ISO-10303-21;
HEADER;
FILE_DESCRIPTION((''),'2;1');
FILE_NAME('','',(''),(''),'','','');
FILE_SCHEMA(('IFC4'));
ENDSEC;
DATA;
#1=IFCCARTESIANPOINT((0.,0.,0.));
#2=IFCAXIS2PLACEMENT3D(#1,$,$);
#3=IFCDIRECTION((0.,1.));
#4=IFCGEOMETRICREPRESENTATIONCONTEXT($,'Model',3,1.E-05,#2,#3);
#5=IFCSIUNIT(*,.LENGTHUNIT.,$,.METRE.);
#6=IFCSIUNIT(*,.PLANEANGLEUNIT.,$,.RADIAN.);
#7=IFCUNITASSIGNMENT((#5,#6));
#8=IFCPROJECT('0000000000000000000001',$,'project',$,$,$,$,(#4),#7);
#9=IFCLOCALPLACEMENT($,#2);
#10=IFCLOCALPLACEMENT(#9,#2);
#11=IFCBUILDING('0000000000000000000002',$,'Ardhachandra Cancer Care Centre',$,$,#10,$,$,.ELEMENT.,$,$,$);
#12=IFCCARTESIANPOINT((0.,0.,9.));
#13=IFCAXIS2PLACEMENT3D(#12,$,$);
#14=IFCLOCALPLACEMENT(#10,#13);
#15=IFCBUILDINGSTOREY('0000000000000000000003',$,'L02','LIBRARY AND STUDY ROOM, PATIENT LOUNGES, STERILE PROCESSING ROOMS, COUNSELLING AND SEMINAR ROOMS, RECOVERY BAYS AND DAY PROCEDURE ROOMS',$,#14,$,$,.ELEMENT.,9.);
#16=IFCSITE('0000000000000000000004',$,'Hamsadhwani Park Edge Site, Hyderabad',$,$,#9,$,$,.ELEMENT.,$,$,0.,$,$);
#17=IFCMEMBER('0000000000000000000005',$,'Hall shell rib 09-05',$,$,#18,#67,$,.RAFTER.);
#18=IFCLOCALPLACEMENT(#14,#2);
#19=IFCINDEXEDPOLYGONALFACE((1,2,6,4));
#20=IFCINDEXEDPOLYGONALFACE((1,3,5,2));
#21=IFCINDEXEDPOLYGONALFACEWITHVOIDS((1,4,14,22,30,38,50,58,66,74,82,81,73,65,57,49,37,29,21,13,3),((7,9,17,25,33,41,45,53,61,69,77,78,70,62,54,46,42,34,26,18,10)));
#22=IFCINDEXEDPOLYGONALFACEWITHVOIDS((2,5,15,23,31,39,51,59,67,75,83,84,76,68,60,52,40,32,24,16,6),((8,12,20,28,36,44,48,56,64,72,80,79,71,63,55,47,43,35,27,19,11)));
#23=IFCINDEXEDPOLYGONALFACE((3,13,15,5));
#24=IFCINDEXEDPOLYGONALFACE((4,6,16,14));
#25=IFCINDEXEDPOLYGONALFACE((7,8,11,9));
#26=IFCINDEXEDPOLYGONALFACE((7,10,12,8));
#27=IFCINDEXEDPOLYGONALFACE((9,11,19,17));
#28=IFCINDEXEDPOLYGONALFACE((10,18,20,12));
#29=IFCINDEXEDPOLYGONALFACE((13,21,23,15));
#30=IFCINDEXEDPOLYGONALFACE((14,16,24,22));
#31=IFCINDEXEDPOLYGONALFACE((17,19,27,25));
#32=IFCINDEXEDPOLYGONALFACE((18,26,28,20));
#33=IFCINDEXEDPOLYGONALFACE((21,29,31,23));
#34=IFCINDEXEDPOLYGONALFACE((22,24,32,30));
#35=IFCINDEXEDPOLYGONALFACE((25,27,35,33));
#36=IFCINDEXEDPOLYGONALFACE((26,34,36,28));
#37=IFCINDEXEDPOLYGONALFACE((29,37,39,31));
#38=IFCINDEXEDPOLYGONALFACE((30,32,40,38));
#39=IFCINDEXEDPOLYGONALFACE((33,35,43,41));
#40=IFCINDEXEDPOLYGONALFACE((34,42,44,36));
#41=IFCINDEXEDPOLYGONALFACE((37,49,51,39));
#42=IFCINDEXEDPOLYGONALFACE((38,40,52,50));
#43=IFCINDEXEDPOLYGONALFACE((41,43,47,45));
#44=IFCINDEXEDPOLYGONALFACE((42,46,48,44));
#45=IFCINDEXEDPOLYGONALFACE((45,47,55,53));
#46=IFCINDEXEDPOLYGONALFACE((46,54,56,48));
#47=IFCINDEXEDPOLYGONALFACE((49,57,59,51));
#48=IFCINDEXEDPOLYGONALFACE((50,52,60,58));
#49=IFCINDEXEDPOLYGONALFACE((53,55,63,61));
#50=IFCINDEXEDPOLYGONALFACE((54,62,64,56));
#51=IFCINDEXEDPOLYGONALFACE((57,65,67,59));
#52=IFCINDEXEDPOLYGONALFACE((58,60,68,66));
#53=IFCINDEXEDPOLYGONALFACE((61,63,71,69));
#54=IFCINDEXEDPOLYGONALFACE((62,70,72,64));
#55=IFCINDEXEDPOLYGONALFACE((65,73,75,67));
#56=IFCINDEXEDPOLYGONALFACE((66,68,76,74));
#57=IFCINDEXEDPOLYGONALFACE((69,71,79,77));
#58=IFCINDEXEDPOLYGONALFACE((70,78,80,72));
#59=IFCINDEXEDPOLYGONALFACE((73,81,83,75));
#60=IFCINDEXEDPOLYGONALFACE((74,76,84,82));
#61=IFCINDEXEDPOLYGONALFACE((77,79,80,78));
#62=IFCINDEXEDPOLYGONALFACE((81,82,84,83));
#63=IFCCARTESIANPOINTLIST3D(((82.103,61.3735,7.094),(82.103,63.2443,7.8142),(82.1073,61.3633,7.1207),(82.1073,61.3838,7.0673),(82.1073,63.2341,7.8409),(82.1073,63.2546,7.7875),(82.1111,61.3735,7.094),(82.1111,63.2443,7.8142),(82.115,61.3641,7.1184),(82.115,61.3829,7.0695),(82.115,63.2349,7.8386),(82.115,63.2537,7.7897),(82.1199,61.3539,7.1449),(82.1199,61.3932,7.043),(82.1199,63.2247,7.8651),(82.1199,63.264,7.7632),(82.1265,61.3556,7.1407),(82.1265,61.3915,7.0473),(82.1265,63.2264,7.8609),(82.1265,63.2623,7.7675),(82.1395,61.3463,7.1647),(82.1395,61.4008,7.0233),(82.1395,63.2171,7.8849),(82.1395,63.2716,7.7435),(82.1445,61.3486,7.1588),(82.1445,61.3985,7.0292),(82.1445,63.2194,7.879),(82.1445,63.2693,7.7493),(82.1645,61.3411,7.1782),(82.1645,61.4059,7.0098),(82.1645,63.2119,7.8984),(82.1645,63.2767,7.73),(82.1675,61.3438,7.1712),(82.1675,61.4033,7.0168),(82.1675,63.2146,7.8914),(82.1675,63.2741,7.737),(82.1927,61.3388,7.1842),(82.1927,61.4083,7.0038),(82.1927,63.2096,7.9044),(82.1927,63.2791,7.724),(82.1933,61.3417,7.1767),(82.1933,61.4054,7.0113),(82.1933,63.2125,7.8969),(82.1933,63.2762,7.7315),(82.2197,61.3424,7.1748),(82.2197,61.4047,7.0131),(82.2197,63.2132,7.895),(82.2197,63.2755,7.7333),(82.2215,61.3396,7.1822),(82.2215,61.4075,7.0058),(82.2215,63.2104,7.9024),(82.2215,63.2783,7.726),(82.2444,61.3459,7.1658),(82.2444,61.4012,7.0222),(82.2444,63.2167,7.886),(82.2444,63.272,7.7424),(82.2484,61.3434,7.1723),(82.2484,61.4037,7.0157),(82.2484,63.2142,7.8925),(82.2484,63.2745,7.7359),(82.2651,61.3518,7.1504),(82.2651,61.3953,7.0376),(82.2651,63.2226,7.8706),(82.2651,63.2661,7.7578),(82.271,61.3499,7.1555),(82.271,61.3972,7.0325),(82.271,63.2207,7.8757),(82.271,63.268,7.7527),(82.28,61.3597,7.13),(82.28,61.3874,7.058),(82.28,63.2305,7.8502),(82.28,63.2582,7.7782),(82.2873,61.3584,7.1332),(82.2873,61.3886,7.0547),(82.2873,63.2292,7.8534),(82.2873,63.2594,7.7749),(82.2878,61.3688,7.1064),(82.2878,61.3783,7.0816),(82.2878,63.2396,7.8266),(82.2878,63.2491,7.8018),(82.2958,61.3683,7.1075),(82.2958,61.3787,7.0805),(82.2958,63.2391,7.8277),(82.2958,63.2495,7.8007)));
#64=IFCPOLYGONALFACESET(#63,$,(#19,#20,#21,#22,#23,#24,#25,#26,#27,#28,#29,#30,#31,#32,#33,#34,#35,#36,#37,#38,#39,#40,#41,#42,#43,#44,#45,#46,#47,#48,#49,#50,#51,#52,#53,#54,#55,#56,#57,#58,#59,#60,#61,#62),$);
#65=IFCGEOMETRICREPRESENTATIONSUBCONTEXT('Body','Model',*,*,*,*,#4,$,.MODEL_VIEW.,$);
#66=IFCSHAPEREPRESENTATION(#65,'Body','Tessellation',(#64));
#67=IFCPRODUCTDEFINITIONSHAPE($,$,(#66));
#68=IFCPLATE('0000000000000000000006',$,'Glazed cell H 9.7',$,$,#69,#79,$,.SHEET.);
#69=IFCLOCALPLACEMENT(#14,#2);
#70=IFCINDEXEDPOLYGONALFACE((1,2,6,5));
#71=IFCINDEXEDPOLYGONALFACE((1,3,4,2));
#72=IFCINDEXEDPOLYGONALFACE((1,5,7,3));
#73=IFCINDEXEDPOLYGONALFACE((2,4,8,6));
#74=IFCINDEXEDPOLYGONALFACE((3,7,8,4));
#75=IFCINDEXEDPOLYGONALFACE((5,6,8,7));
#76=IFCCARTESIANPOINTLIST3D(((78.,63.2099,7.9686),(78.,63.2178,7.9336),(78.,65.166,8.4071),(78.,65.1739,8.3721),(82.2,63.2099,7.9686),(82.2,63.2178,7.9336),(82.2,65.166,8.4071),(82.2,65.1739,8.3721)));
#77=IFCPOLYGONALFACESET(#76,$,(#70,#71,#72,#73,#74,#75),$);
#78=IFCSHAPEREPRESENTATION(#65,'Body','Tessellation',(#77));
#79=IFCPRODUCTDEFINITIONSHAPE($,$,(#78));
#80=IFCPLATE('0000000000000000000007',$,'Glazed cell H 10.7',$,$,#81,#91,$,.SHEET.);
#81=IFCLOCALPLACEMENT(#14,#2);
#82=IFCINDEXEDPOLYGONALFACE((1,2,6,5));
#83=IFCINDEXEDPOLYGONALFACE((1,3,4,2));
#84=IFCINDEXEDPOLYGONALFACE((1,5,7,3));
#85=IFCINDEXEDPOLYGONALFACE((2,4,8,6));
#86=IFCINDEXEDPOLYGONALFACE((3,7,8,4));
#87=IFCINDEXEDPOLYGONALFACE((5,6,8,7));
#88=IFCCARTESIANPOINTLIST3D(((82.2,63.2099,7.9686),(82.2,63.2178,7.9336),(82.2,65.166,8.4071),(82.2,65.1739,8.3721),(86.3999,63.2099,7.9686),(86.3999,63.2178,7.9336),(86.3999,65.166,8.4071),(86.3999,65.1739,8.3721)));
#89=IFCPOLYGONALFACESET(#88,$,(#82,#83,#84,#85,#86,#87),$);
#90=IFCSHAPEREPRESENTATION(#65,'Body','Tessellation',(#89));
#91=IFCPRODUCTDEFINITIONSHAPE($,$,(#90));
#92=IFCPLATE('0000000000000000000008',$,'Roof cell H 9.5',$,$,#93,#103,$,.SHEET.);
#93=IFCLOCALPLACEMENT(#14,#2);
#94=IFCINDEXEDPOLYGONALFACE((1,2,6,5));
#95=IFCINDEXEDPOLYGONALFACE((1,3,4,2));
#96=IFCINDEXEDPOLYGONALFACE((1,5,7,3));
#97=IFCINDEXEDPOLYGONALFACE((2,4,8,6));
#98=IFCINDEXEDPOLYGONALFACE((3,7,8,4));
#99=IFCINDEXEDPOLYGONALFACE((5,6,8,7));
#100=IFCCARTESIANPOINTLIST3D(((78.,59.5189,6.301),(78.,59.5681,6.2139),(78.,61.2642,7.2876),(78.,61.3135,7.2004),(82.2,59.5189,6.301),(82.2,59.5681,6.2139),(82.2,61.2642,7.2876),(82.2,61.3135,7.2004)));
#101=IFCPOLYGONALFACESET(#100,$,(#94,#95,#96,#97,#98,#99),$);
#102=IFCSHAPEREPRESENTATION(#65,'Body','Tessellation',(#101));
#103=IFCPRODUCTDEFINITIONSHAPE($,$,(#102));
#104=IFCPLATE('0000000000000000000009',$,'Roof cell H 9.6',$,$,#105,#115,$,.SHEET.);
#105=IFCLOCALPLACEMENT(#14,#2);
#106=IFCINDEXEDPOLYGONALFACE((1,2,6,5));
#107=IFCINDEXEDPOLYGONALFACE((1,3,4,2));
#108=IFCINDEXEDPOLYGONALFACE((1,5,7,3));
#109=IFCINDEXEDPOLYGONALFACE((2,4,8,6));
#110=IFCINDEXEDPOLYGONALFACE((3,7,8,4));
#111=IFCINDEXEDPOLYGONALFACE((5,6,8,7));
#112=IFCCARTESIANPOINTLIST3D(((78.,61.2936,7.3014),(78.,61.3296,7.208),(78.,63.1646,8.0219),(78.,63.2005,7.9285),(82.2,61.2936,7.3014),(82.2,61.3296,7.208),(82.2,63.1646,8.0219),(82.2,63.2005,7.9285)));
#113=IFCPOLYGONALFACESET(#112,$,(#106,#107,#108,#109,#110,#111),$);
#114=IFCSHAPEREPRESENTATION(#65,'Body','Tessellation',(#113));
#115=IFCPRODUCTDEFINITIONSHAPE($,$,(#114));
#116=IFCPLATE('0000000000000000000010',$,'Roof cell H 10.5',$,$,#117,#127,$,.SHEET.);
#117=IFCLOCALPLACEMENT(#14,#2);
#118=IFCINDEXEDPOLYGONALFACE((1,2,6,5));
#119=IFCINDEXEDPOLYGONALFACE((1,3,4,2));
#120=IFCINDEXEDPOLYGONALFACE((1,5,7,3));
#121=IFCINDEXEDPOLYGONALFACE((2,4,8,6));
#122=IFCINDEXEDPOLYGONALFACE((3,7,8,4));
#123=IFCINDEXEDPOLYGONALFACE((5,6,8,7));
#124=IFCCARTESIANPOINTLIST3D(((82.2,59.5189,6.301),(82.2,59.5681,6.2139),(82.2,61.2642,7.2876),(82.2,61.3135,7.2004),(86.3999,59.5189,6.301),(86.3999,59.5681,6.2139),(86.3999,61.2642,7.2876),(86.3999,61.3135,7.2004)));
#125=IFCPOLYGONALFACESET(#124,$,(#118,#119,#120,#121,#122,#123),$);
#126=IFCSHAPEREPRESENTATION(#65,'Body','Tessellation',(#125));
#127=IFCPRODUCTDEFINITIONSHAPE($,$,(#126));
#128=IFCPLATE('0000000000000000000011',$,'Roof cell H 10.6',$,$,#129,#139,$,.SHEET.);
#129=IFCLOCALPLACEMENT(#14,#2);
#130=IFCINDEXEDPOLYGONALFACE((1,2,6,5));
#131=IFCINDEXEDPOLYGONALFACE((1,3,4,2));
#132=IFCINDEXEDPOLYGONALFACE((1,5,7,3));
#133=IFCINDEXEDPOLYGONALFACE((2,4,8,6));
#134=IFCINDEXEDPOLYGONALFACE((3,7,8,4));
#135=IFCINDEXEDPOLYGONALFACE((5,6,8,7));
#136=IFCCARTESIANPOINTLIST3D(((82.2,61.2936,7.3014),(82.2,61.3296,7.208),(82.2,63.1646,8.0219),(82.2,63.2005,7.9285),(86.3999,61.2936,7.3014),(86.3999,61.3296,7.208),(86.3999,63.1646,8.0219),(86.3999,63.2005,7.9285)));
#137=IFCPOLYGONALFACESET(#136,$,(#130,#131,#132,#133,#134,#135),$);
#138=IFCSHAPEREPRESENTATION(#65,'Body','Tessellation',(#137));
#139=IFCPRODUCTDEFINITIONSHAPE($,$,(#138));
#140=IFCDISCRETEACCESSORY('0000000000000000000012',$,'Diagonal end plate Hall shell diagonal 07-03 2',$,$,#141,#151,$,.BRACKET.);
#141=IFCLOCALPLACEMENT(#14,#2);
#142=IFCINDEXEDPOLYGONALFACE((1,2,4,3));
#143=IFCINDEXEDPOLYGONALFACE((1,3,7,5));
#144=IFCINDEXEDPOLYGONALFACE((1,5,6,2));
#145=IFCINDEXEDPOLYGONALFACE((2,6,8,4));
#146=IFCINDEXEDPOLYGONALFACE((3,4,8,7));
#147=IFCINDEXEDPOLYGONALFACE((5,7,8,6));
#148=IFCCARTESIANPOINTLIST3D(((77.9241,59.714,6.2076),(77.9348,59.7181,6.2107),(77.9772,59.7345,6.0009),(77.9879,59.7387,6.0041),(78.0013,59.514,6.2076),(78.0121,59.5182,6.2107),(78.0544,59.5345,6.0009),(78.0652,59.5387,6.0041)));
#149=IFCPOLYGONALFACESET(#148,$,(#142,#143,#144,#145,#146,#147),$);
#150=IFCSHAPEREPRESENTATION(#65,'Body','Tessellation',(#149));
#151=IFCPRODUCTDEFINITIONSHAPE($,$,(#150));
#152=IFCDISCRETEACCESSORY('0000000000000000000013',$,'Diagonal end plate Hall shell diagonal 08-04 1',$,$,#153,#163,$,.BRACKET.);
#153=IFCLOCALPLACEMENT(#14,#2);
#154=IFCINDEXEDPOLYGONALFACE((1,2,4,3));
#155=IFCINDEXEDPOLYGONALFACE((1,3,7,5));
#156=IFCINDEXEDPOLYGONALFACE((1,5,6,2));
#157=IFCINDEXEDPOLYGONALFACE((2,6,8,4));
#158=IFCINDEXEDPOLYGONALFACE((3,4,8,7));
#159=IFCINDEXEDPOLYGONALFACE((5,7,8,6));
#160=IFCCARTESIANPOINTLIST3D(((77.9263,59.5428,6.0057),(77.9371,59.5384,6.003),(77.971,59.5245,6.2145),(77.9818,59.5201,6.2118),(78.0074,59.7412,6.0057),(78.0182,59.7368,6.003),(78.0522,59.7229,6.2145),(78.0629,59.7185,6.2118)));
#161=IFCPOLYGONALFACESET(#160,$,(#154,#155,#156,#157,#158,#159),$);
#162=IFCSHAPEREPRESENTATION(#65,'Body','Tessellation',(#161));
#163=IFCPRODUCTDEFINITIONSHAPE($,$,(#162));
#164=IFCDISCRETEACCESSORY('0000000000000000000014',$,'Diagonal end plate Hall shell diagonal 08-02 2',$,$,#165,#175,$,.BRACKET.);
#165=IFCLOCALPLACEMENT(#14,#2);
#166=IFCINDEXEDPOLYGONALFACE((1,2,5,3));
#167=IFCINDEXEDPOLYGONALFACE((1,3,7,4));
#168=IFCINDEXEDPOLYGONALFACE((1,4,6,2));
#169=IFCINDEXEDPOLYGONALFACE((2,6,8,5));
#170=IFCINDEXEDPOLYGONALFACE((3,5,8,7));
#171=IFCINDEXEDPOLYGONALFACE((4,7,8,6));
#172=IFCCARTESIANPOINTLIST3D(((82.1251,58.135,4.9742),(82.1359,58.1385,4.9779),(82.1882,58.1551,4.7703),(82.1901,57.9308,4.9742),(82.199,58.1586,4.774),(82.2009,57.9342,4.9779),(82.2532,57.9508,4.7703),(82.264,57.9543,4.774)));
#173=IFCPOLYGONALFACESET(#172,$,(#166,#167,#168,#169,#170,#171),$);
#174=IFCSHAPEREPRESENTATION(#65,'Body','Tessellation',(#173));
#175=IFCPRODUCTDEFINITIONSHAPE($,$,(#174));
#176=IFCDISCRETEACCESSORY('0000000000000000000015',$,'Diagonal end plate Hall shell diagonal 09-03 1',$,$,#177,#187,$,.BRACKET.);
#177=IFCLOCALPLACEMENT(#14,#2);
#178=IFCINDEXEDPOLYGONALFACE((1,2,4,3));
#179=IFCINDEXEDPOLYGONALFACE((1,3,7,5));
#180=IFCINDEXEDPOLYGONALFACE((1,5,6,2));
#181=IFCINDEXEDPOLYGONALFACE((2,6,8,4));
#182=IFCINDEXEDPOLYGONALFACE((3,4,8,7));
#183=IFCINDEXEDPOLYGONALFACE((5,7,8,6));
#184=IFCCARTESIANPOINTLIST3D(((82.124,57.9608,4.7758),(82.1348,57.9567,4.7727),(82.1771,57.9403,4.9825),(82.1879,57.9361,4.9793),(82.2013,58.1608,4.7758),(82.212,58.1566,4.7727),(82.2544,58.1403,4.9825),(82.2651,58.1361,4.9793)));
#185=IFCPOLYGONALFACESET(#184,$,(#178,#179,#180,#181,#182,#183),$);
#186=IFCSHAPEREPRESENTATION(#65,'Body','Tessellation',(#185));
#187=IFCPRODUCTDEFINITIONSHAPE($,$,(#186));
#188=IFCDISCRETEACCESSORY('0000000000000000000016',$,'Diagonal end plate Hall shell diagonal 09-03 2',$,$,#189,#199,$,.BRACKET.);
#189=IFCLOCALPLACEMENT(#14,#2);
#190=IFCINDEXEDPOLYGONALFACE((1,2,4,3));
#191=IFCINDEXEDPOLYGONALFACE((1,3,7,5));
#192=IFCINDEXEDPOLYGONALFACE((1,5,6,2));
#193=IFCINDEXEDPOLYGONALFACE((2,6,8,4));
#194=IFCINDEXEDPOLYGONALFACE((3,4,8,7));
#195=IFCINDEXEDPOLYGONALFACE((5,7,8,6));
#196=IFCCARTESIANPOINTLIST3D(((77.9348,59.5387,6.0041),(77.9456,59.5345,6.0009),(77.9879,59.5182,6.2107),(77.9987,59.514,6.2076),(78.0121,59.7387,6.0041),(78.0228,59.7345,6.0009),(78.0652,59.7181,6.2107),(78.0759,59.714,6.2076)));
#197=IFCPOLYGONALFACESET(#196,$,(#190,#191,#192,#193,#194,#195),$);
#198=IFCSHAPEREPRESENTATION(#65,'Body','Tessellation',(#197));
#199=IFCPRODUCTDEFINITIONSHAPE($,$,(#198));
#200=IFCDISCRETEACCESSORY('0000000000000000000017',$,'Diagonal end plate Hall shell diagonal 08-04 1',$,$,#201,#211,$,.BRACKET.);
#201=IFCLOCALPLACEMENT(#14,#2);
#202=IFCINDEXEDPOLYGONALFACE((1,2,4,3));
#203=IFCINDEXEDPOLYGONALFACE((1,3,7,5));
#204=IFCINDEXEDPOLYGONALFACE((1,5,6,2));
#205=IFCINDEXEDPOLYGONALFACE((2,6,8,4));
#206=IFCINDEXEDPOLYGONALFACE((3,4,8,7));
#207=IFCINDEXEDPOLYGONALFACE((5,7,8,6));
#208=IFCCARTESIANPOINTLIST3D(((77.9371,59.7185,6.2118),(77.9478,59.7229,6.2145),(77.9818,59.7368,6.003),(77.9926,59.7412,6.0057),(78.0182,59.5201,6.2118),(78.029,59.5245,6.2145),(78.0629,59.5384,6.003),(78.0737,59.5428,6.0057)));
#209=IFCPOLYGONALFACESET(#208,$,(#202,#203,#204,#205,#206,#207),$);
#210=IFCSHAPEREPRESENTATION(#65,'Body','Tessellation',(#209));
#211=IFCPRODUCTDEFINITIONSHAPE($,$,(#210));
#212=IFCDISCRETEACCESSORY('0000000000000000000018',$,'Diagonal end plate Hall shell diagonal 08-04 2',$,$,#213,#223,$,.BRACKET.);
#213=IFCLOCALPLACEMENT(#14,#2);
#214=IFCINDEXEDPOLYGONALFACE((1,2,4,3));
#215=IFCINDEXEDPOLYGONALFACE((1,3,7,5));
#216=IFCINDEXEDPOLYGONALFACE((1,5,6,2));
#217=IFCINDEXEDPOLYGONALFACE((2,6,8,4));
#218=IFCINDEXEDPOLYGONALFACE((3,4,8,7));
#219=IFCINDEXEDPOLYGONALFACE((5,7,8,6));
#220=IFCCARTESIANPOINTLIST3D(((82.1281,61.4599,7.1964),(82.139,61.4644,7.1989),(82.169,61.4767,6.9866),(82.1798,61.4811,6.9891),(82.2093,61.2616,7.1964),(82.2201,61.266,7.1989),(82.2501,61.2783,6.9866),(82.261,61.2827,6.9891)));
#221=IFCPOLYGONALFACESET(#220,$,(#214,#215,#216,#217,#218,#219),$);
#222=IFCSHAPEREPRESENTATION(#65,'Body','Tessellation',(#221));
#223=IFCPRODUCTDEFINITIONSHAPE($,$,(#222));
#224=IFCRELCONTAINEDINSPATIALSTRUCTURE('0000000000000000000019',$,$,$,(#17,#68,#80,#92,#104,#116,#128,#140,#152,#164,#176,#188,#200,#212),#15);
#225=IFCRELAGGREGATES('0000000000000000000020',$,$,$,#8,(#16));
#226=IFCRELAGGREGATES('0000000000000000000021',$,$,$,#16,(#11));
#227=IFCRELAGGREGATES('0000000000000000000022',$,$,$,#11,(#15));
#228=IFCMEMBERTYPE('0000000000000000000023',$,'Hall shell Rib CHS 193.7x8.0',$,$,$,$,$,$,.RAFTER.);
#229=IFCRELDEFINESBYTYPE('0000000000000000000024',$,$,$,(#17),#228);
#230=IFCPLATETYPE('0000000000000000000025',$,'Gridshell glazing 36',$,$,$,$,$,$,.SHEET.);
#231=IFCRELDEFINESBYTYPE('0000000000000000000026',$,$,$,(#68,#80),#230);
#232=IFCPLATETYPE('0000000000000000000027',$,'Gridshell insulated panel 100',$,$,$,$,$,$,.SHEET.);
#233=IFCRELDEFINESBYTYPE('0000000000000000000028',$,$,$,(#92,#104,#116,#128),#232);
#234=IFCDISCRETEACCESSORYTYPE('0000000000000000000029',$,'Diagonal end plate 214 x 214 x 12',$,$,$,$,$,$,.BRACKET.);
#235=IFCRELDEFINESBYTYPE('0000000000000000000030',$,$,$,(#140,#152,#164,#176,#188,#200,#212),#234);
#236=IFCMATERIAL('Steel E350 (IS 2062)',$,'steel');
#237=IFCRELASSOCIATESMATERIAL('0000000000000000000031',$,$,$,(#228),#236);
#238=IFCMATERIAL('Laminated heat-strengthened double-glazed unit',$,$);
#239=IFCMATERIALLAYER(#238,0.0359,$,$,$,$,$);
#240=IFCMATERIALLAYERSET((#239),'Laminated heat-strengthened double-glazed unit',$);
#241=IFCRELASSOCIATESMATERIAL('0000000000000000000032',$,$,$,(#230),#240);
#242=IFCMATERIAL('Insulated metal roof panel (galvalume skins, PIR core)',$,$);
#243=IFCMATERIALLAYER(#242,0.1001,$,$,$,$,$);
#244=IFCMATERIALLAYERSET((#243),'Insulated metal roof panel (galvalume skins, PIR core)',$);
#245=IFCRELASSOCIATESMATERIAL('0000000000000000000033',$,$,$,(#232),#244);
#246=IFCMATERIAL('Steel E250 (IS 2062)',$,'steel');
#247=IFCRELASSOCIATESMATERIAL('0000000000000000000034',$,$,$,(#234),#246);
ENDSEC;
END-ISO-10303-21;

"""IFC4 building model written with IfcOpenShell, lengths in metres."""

from ifc_helpers import new_model, si_unit, direction, frame, origin, origin_2d, place, context, subcontext, project, spatial, polyline, rectangle, hollow_circle, outline, extrude, material, layer, layer_set, material_profile, profile_set, type_object, element, save


model = new_model("IFC4")

# Units and contexts
model_context = context("Model", 3, precision=1e-05, world=origin(), true_north=direction((0.0, 1.0)))
body_context = subcontext(model_context, "Body", "Model", "MODEL_VIEW")
ifc_project = project(units=[si_unit("LENGTHUNIT", "METRE"), si_unit("PLANEANGLEUNIT", "RADIAN")], contexts=[model_context])

# Site, building, storey
site_placement = place(None, origin())
site = spatial("IfcSite", under=ifc_project, at=site_placement, Name="Hamsadhwani Park Edge Site, Hyderabad", CompositionType="ELEMENT", RefElevation=0.0)
building_placement = place(site_placement, origin())
building = spatial("IfcBuilding", under=site, at=building_placement, Name="Ardhachandra Cancer Care Centre", CompositionType="ELEMENT")
storey_placement = place(building_placement, frame((0.0, 0.0, 9.0)))
storey = spatial("IfcBuildingStorey", under=building, at=storey_placement, Name="L02", Description="LIBRARY AND STUDY ROOM, PATIENT LOUNGES, STERILE PROCESSING ROOMS, COUNSELLING AND SEMINAR ROOMS, RECOVERY BAYS AND DAY PROCEDURE ROOMS", CompositionType="ELEMENT", Elevation=9.0)

# Member
ifc_material_1 = material(Name="Steel E350 (IS 2062)", Category="steel")
ifc_material_profile_1 = material_profile(ifc_material_1, hollow_circle(Radius=0.0969, WallThickness=0.0081, at=origin_2d()), Name="CHS 193.7x8.0")
ifc_profile_set_1 = profile_set([ifc_material_profile_1], Name="Steel E350 (IS 2062)")
member_type_1 = type_object("IfcMemberType", Name="Hall shell Rib CHS 193.7x8.0", PredefinedType="RAFTER", material=ifc_profile_set_1)
for number, where, z_axis, x_axis, name in (
    (1, (82.2, 61.3735, 7.094), (0.0, 0.933236, 0.359265), (-1.0, 0.0, 0.0), "Hall shell rib 09-05"),
):
    element("IfcMember", number, at=place(storey_placement, frame(where, z_axis=z_axis, x_axis=x_axis)), inside=storey, type_object=member_type_1, Name=name, PredefinedType="RAFTER", context=body_context, shape_type="SweptSolid", body=[
        extrude(hollow_circle(Radius=0.0969, WallThickness=0.0081, at=origin_2d()), origin(), (0.0, 0.0, 1.0), 2.0046),
    ])

# Plates
ifc_material_2 = material(Name="Laminated heat-strengthened double-glazed unit")
ifc_layer_1 = layer(ifc_material_2, 0.0359)
ifc_layer_set_1 = layer_set([ifc_layer_1], Name="Laminated heat-strengthened double-glazed unit")
plate_type_1 = type_object("IfcPlateType", Name="Gridshell glazing 36", PredefinedType="SHEET", material=ifc_layer_set_1)
for number, where, z_axis, x_axis, name in (
    (2, (78.0, 63.2178, 7.9336), (0.0, -0.218735, 0.975784), (1.0, 0.0, 0.0), "Glazed cell H 9.7"),
    (3, (82.2, 63.2178, 7.9336), (0.0, -0.218735, 0.975784), (1.0, 0.0, 0.0), "Glazed cell H 10.7"),
):
    element("IfcPlate", number, at=place(storey_placement, frame(where, z_axis=z_axis, x_axis=x_axis)), inside=storey, type_object=plate_type_1, Name=name, PredefinedType="SHEET", context=body_context, shape_type="SweptSolid", body=[
        extrude(outline(polyline([(0.0, 0.0), (4.2, 0.0), (4.2, 2.0046), (0.0, 2.0046), (0.0, 0.0)])), origin(), (0.0, 0.0, 1.0), 0.0359),
    ])
ifc_material_3 = material(Name="Insulated metal roof panel (galvalume skins, PIR core)")
ifc_layer_2 = layer(ifc_material_3, 0.1001)
ifc_layer_set_2 = layer_set([ifc_layer_2], Name="Insulated metal roof panel (galvalume skins, PIR core)")
plate_type_2 = type_object("IfcPlateType", Name="Gridshell insulated panel 100", PredefinedType="SHEET", material=ifc_layer_set_2)
for number, where, z_axis, x_axis, name in (
    (4, (78.0, 59.5681, 6.2139), (0.0, -0.492081, 0.870549), (1.0, 0.0, 0.0), "Roof cell H 9.5"),
    (5, (78.0, 61.3296, 7.208), (0.0, -0.359371, 0.933195), (1.0, 0.0, 0.0), "Roof cell H 9.6"),
    (6, (82.2, 59.5681, 6.2139), (0.0, -0.492081, 0.870549), (1.0, 0.0, 0.0), "Roof cell H 10.5"),
    (7, (82.2, 61.3296, 7.208), (0.0, -0.359371, 0.933195), (1.0, 0.0, 0.0), "Roof cell H 10.6"),
):
    element("IfcPlate", number, at=place(storey_placement, frame(where, z_axis=z_axis, x_axis=x_axis)), inside=storey, type_object=plate_type_2, Name=name, PredefinedType="SHEET", context=body_context, shape_type="SweptSolid", body=[
        extrude(outline(polyline([(0.0, 0.0), (4.2, 0.0), (4.2, 2.0049), (0.0, 2.0049), (0.0, 0.0)])), origin(), (0.0, 0.0, 1.0), 0.1001),
    ])

# Discrete accessories
ifc_material_4 = material(Name="Steel E250 (IS 2062)", Category="steel")
ifc_material_profile_2 = material_profile(ifc_material_4, rectangle(XDim=0.2144, YDim=0.2144, at=origin_2d()), Name="PL 214x214x12")
ifc_profile_set_2 = profile_set([ifc_material_profile_2], Name="Steel E250 (IS 2062)")
discrete_accessory_type = type_object("IfcDiscreteAccessoryType", Name="Diagonal end plate 214 x 214 x 12", PredefinedType="BRACKET", material=ifc_profile_set_2)
for number, where, z_axis, x_axis, name in (
    (8, (78.0, 59.6284, 6.1074), (-0.899271, -0.347446, -0.265694), (0.360399, -0.932798, 0.0), "Diagonal end plate Hall shell diagonal 07-03 2"),
    (9, (78.0, 59.6284, 6.1074), (-0.901723, 0.368887, 0.225431), (-0.378633, -0.925547, 0.0), "Diagonal end plate Hall shell diagonal 08-04 1"),
    (10, (82.2, 58.0464, 4.876), (-0.906302, -0.288369, -0.308967), (0.303204, -0.952926, 0.0), "Diagonal end plate Hall shell diagonal 08-02 2"),
    (11, (82.2, 58.0464, 4.876), (-0.899271, 0.347446, 0.265694), (-0.360399, -0.932798, 0.0), "Diagonal end plate Hall shell diagonal 09-03 1"),
    (12, (78.0, 59.6284, 6.1074), (0.899271, -0.347446, -0.265694), (0.360399, 0.932798, 0.0), "Diagonal end plate Hall shell diagonal 09-03 2"),
    (13, (78.0, 59.6284, 6.1074), (0.901723, 0.368887, 0.225431), (-0.378633, 0.925547, 0.0), "Diagonal end plate Hall shell diagonal 08-04 1"),
    (14, (82.2, 61.3735, 7.094), (-0.905726, -0.370524, -0.205847), (0.378633, -0.925547, 0.0), "Diagonal end plate Hall shell diagonal 08-04 2"),
):
    element("IfcDiscreteAccessory", number, at=place(storey_placement, frame(where, z_axis=z_axis, x_axis=x_axis)), inside=storey, type_object=discrete_accessory_type, Name=name, PredefinedType="BRACKET", context=body_context, shape_type="SweptSolid", body=[
        extrude(rectangle(XDim=0.2144, YDim=0.2144, at=origin_2d()), origin(), (0.0, 0.0, 1.0), 0.012),
    ])

save(model, "model.ifc")
